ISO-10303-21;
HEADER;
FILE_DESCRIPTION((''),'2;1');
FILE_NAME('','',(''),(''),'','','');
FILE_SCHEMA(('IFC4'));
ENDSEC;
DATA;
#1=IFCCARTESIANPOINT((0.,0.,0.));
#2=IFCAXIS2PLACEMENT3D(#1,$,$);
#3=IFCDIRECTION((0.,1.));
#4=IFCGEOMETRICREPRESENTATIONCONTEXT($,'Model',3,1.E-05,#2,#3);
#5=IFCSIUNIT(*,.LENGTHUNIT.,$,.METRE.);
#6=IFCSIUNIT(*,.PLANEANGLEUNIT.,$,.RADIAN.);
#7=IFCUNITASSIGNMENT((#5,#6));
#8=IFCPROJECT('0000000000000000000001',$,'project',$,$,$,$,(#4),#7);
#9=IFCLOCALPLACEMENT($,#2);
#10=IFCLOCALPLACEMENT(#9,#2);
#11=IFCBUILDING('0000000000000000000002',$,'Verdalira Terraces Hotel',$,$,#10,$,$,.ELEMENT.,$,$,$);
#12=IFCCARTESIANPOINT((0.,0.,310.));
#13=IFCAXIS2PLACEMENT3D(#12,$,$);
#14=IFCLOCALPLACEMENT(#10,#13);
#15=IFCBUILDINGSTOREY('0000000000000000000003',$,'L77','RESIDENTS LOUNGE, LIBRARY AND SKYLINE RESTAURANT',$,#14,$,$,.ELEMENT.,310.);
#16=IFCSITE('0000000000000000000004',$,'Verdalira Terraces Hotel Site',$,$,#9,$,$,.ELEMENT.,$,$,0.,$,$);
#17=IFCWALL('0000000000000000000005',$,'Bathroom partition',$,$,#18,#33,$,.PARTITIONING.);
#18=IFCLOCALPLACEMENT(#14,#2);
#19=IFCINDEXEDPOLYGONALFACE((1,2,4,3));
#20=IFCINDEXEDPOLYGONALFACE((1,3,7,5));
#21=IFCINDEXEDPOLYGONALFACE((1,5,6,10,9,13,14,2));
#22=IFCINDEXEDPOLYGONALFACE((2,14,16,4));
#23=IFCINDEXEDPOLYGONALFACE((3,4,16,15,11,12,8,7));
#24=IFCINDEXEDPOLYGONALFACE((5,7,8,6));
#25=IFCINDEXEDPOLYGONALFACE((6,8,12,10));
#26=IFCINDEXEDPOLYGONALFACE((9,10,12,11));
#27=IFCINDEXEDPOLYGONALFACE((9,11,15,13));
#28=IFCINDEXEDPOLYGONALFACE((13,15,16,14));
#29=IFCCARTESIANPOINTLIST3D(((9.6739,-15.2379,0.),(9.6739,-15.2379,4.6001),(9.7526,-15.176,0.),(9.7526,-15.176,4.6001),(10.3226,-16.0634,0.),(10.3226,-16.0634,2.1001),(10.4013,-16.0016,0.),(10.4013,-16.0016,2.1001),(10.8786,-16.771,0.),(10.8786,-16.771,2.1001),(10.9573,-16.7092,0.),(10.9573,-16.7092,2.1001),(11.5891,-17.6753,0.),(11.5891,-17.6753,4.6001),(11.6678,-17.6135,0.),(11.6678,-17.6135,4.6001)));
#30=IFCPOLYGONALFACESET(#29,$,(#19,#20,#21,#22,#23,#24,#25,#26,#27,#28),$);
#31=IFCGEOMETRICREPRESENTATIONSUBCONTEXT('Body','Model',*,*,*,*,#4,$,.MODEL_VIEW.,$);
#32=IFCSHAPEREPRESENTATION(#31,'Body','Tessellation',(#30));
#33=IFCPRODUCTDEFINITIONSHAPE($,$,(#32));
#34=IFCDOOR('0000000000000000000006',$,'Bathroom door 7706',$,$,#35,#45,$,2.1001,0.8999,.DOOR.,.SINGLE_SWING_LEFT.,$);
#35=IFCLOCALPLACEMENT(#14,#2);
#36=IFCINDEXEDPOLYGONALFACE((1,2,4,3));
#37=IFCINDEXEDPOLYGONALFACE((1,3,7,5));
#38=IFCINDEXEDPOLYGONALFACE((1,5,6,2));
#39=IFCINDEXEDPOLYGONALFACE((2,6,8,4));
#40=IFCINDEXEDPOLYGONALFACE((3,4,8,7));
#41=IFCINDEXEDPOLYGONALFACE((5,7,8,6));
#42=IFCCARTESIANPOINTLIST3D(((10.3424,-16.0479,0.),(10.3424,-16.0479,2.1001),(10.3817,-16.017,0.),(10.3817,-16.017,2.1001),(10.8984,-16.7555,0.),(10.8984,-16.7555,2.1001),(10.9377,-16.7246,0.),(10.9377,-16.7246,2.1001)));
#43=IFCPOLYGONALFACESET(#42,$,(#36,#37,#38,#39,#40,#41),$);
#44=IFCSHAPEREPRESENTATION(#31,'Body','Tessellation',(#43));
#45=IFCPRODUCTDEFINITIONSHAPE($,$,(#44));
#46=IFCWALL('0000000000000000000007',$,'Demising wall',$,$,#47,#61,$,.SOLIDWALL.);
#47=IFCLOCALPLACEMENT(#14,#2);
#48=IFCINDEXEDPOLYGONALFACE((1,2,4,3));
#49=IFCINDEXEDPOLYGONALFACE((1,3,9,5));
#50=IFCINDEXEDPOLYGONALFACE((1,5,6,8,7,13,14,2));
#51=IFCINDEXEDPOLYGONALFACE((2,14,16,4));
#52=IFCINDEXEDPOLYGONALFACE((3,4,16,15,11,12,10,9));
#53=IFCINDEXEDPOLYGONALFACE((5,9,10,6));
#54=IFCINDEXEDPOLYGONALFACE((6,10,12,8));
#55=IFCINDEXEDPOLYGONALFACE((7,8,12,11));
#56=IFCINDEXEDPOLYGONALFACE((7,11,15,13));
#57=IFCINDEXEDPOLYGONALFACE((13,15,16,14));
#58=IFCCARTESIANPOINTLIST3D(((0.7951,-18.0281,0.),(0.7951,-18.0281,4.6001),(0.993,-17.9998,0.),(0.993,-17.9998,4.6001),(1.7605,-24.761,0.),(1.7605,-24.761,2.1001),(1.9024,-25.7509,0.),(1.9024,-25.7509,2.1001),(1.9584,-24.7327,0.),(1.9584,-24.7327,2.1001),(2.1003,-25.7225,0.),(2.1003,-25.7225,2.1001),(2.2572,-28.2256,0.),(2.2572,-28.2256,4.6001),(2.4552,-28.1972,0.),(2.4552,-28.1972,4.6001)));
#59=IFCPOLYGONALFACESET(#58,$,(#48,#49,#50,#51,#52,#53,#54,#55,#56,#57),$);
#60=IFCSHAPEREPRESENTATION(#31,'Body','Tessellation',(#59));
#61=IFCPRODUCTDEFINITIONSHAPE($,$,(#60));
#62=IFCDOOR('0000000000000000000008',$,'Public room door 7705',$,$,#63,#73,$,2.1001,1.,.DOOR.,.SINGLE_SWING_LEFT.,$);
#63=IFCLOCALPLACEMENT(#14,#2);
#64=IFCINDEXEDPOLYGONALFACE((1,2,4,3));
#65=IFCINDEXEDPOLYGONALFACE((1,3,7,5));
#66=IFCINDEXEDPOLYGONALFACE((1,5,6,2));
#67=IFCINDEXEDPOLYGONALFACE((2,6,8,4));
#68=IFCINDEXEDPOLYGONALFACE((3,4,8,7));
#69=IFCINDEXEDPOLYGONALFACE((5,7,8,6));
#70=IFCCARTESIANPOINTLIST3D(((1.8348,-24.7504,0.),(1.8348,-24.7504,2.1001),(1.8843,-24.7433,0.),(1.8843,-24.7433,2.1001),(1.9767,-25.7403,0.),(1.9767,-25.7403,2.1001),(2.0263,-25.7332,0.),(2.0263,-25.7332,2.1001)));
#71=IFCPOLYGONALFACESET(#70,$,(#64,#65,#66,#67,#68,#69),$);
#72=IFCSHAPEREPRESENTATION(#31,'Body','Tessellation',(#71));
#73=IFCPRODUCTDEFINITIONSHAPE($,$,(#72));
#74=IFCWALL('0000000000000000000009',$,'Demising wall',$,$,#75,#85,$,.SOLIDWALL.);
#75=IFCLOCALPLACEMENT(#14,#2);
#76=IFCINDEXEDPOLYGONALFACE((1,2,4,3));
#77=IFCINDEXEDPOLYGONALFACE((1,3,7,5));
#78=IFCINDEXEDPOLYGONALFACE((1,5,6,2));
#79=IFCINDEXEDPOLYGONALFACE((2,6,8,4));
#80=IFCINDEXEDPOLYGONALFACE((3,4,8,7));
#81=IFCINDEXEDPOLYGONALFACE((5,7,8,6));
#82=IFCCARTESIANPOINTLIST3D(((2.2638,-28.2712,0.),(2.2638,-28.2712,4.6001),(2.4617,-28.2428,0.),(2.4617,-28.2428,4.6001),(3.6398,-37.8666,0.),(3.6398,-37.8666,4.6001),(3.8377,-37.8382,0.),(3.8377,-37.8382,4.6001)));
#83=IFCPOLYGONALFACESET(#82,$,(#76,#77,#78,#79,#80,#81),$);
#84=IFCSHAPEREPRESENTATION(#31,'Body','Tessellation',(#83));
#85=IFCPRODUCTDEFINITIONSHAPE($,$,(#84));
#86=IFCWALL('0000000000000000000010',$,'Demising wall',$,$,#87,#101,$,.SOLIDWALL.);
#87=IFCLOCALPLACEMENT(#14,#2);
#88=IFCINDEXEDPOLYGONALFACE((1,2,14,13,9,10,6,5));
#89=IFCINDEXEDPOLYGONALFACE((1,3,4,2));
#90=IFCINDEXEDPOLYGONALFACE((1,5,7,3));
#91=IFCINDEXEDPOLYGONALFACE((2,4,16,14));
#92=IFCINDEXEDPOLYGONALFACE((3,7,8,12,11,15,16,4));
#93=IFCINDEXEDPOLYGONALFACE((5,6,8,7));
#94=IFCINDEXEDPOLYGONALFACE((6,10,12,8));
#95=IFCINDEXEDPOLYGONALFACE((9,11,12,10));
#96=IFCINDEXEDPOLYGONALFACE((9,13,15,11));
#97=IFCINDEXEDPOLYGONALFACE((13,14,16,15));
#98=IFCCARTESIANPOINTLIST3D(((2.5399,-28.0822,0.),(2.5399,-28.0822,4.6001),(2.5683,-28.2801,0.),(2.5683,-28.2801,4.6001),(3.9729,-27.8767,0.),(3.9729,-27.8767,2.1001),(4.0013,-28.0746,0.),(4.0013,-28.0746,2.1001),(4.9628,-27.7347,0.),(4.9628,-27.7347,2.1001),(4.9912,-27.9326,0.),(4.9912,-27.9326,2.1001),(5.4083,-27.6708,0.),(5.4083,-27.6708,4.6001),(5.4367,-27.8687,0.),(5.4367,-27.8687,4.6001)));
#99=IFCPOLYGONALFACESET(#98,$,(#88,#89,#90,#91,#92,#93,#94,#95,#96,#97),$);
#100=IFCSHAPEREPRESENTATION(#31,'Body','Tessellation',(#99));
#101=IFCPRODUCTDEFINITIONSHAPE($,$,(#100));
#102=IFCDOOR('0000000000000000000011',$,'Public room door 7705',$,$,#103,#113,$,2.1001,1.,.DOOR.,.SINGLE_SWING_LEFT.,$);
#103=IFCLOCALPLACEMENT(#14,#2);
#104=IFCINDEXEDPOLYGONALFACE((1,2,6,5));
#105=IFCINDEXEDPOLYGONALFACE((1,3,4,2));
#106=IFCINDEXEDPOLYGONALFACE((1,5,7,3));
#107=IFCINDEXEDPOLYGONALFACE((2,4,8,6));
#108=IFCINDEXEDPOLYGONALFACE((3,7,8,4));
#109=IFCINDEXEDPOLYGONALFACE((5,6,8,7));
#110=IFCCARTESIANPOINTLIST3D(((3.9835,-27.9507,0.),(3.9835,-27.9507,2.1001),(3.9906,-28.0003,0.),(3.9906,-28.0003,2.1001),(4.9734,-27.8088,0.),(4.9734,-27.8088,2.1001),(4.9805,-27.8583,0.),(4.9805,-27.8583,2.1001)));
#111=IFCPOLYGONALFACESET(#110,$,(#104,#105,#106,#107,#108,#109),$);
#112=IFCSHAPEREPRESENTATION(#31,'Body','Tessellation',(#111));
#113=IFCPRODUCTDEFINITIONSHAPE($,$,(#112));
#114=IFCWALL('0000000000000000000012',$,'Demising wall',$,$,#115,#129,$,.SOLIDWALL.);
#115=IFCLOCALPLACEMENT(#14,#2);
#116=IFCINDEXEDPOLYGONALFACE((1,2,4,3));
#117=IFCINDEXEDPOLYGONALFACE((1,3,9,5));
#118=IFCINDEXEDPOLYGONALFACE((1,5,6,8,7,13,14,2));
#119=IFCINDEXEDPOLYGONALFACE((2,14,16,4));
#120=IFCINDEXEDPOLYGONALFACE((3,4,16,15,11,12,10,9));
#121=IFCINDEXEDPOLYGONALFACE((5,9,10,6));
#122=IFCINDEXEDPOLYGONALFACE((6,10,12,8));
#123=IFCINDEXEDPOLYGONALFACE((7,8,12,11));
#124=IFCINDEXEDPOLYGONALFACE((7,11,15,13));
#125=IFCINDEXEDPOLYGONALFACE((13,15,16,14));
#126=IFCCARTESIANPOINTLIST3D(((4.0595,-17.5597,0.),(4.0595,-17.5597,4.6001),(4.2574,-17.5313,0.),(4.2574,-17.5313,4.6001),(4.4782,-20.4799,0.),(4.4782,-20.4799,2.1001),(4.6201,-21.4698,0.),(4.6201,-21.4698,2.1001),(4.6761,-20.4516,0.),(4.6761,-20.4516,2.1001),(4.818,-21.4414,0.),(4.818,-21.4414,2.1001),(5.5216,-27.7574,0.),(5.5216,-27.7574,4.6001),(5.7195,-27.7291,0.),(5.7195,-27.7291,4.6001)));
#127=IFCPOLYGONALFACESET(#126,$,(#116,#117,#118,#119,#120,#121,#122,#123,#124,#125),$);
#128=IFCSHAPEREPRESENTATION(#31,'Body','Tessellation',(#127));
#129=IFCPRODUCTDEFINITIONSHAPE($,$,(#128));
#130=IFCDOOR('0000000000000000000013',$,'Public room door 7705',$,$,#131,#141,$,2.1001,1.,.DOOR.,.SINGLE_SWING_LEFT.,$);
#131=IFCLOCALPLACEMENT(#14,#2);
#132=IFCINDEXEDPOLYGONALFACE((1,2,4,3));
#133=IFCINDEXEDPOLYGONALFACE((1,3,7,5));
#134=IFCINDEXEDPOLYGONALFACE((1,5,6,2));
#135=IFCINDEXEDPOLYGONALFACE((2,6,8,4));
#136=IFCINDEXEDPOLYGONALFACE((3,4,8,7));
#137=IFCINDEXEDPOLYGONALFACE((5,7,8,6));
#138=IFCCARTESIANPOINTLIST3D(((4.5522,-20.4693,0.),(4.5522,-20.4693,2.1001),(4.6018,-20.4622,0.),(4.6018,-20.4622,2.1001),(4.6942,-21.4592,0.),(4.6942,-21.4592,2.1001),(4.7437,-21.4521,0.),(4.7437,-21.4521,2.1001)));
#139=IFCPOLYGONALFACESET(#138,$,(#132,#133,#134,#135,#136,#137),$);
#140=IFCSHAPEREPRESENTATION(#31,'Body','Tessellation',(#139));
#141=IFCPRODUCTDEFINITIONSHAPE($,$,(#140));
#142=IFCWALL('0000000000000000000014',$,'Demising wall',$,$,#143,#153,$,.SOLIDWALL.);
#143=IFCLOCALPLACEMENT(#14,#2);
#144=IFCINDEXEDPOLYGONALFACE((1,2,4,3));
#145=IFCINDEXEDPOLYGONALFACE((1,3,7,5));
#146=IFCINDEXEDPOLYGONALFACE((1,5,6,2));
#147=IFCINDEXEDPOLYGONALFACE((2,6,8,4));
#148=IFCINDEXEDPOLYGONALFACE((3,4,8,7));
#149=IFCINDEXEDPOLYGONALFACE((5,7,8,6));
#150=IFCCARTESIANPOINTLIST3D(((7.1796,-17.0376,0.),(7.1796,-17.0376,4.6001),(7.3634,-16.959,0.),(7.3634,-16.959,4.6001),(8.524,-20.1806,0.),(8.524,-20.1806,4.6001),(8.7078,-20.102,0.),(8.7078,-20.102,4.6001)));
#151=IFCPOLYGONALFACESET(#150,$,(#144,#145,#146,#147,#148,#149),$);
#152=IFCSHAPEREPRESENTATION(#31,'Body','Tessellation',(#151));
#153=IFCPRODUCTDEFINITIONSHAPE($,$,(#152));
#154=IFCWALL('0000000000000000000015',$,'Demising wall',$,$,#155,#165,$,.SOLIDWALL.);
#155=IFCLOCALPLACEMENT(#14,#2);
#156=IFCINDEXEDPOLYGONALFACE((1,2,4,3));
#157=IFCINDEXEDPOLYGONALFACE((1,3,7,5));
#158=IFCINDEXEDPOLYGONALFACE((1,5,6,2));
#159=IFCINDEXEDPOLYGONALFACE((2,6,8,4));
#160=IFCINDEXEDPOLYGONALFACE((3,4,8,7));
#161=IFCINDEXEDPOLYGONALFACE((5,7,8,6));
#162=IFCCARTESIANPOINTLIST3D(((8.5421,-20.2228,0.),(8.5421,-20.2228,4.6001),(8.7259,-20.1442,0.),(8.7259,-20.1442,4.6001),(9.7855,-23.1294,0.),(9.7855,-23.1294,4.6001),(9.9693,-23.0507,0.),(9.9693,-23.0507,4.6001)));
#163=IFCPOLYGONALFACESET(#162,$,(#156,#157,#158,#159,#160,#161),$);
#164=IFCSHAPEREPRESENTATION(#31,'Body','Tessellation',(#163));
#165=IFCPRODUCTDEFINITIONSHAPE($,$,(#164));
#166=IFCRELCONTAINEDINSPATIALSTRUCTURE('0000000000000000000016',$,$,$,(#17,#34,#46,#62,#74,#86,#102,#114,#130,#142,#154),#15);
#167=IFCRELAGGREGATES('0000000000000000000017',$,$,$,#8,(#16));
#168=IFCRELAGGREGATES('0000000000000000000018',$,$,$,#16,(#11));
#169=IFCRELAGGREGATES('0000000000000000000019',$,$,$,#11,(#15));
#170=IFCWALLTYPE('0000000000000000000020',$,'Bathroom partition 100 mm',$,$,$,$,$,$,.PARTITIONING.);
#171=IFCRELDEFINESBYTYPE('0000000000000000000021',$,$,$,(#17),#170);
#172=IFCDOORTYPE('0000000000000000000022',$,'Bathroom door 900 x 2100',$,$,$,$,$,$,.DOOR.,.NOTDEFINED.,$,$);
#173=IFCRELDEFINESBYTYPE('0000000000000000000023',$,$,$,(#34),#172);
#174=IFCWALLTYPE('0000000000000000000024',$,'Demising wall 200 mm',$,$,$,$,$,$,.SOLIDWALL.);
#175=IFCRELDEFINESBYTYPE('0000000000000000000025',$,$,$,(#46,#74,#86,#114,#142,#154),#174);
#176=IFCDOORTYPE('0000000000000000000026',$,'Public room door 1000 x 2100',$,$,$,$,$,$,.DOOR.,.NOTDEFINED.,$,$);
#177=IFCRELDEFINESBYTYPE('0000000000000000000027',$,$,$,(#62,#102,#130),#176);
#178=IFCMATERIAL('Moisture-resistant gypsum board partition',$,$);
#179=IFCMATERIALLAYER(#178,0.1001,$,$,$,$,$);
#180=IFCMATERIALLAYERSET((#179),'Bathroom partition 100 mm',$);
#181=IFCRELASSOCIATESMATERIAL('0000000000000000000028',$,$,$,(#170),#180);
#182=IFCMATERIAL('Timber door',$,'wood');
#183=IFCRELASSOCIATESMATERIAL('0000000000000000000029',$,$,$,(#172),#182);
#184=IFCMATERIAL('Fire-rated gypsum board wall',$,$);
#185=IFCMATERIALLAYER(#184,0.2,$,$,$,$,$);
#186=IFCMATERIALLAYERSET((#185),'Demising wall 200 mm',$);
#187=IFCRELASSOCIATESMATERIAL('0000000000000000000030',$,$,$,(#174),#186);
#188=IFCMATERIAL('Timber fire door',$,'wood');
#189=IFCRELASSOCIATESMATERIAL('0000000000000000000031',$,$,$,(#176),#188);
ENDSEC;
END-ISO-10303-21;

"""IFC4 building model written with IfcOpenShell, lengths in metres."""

from ifc_helpers import new_model, si_unit, direction, frame, frame_2d, origin, place, context, subcontext, project, spatial, rectangle, extrude, material, layer, layer_set, type_object, element, fill, save


model = new_model("IFC4")

# Units and contexts
model_context = context("Model", 3, precision=1e-05, world=origin(), true_north=direction((0.0, 1.0)))
body_context = subcontext(model_context, "Body", "Model", "MODEL_VIEW")
ifc_project = project(units=[si_unit("LENGTHUNIT", "METRE"), si_unit("PLANEANGLEUNIT", "RADIAN")], contexts=[model_context])

# Site, building, storey
site_placement = place(None, origin())
site = spatial("IfcSite", under=ifc_project, at=site_placement, Name="Verdalira Terraces Hotel Site", CompositionType="ELEMENT", RefElevation=0.0)
building_placement = place(site_placement, origin())
building = spatial("IfcBuilding", under=site, at=building_placement, Name="Verdalira Terraces Hotel", CompositionType="ELEMENT")
storey_placement = place(building_placement, frame((0.0, 0.0, 310.0)))
storey = spatial("IfcBuildingStorey", under=building, at=storey_placement, Name="L77", Description="RESIDENTS LOUNGE, LIBRARY AND SKYLINE RESTAURANT", CompositionType="ELEMENT", Elevation=310.0)

# Shared definitions
ifc_material_1 = material(Name="Moisture-resistant gypsum board partition")
ifc_layer_1 = layer(ifc_material_1, 0.1001)
ifc_layer_set_1 = layer_set([ifc_layer_1], Name="Bathroom partition 100 mm")
wall_type_1 = type_object("IfcWallType", Name="Bathroom partition 100 mm", PredefinedType="PARTITIONING", material=ifc_layer_set_1)

# Walls, openings, doors
wall_1_placement = place(storey_placement, frame((11.6284, -17.6443, 0.0), z_axis=(0.0, 0.0, 1.0), x_axis=(-0.617842, 0.786302, 0.0)))
wall_1 = element("IfcWall", 1, at=wall_1_placement, inside=storey, type_object=wall_type_1, Name="Bathroom partition", PredefinedType="PARTITIONING", context=body_context, shape_type="SweptSolid", body=[
    extrude(rectangle(XDim=3.0999, YDim=0.1001, at=frame_2d((1.5498, 0.0))), origin(), (0.0, 0.0, 1.0), 4.6001),
])
opening_1_placement = place(wall_1_placement, frame((1.1499, 0.0, 0.0)))
opening_1 = element("IfcOpeningElement", 2, at=opening_1_placement, cuts=wall_1, PredefinedType="OPENING", context=body_context, shape_type="SweptSolid", body=[
    extrude(rectangle(XDim=0.8999, YDim=2.1001, at=frame_2d((0.45, 1.05))), frame((0.0, 0.0601, 0.0), z_axis=(0.0, -1.0, 0.0), x_axis=(1.0, 0.0, 0.0)), (0.0, 0.0, 1.0), 0.1201),
])
ifc_material_2 = material(Name="Timber door", Category="wood")
door_type_1 = type_object("IfcDoorType", Name="Bathroom door 900 x 2100", OperationType="NOTDEFINED", PredefinedType="DOOR", material=ifc_material_2)
door_1_placement = place(opening_1_placement, origin())
door_1 = element("IfcDoor", 3, at=door_1_placement, inside=storey, type_object=door_type_1, Name="Bathroom door 7706", OperationType="SINGLE_SWING_LEFT", OverallHeight=2.1001, OverallWidth=0.8999, PredefinedType="DOOR", context=body_context, shape_type="SweptSolid", body=[
    extrude(rectangle(XDim=0.8999, YDim=2.1001, at=frame_2d((0.45, 1.05))), frame((0.0, 0.0249, 0.0), z_axis=(0.0, -1.0, 0.0), x_axis=(1.0, 0.0, 0.0)), (0.0, 0.0, 1.0), 0.05),
])
fill(opening_1, door_1)
ifc_material_3 = material(Name="Fire-rated gypsum board wall")
ifc_layer_2 = layer(ifc_material_3, 0.2)
ifc_layer_set_2 = layer_set([ifc_layer_2], Name="Demising wall 200 mm")
wall_type_2 = type_object("IfcWallType", Name="Demising wall 200 mm", PredefinedType="SOLIDWALL", material=ifc_layer_set_2)
wall_2_placement = place(storey_placement, frame((2.3562, -28.2114, 0.0), z_axis=(0.0, 0.0, 1.0), x_axis=(-0.141932, 0.989876, 0.0)))
wall_2 = element("IfcWall", 4, at=wall_2_placement, inside=storey, type_object=wall_type_2, Name="Demising wall", PredefinedType="SOLIDWALL", context=body_context, shape_type="SweptSolid", body=[
    extrude(rectangle(XDim=10.3018, YDim=0.2, at=frame_2d((5.1509, 0.0))), origin(), (0.0, 0.0, 1.0), 4.6001),
])
opening_2_placement = place(wall_2_placement, frame((2.5, 0.0, 0.0)))
opening_2 = element("IfcOpeningElement", 5, at=opening_2_placement, cuts=wall_2, PredefinedType="OPENING", context=body_context, shape_type="SweptSolid", body=[
    extrude(rectangle(XDim=1.0, YDim=2.1001, at=frame_2d((0.5, 1.05))), frame((0.0, 0.1099, 0.0), z_axis=(0.0, -1.0, 0.0), x_axis=(1.0, 0.0, 0.0)), (0.0, 0.0, 1.0), 0.22),
])
ifc_material_4 = material(Name="Timber fire door", Category="wood")
door_type_2 = type_object("IfcDoorType", Name="Public room door 1000 x 2100", OperationType="NOTDEFINED", PredefinedType="DOOR", material=ifc_material_4)
door_2_placement = place(opening_2_placement, origin())
door_2 = element("IfcDoor", 6, at=door_2_placement, inside=storey, type_object=door_type_2, Name="Public room door 7705", OperationType="SINGLE_SWING_LEFT", OverallHeight=2.1001, OverallWidth=1.0, PredefinedType="DOOR", context=body_context, shape_type="SweptSolid", body=[
    extrude(rectangle(XDim=1.0, YDim=2.1001, at=frame_2d((0.5, 1.05))), frame((0.0, 0.0249, 0.0), z_axis=(0.0, -1.0, 0.0), x_axis=(1.0, 0.0, 0.0)), (0.0, 0.0, 1.0), 0.05),
])
fill(opening_2, door_2)

# Wall
wall_3_placement = place(storey_placement, frame((2.3628, -28.2571, 0.0), z_axis=(0.0, 0.0, 1.0), x_axis=(0.141947, -0.989874, 0.0)))
element("IfcWall", 7, at=wall_3_placement, inside=storey, type_object=wall_type_2, Name="Demising wall", PredefinedType="SOLIDWALL", context=body_context, shape_type="SweptSolid", body=[
    extrude(rectangle(XDim=9.6936, YDim=0.2, at=frame_2d((4.8467, 0.0))), origin(), (0.0, 0.0, 1.0), 4.6001),
])

# Walls, openings, doors
wall_4_placement = place(storey_placement, frame((5.4224, -27.7698, 0.0), z_axis=(0.0, 0.0, 1.0), x_axis=(-0.989872, -0.141964, 0.0)))
wall_4 = element("IfcWall", 8, at=wall_4_placement, inside=storey, type_object=wall_type_2, Name="Demising wall", PredefinedType="SOLIDWALL", context=body_context, shape_type="SweptSolid", body=[
    extrude(rectangle(XDim=2.8977, YDim=0.2, at=frame_2d((1.4487, 0.0))), origin(), (0.0, 0.0, 1.0), 4.6001),
])
opening_3_placement = place(wall_4_placement, frame((0.45, 0.0, 0.0)))
opening_3 = element("IfcOpeningElement", 9, at=opening_3_placement, cuts=wall_4, PredefinedType="OPENING", context=body_context, shape_type="SweptSolid", body=[
    extrude(rectangle(XDim=1.0, YDim=2.1001, at=frame_2d((0.5, 1.05))), frame((0.0, 0.1099, 0.0), z_axis=(0.0, -1.0, 0.0), x_axis=(1.0, 0.0, 0.0)), (0.0, 0.0, 1.0), 0.22),
])
door_3_placement = place(opening_3_placement, origin())
door_3 = element("IfcDoor", 10, at=door_3_placement, inside=storey, type_object=door_type_2, Name="Public room door 7705", OperationType="SINGLE_SWING_LEFT", OverallHeight=2.1001, OverallWidth=1.0, PredefinedType="DOOR", context=body_context, shape_type="SweptSolid", body=[
    extrude(rectangle(XDim=1.0, YDim=2.1001, at=frame_2d((0.5, 1.05))), frame((0.0, 0.0249, 0.0), z_axis=(0.0, -1.0, 0.0), x_axis=(1.0, 0.0, 0.0)), (0.0, 0.0, 1.0), 0.05),
])
fill(opening_3, door_3)
wall_5_placement = place(storey_placement, frame((4.1584, -17.5457, 0.0), z_axis=(0.0, 0.0, 1.0), x_axis=(0.141929, -0.989877, 0.0)))
wall_5 = element("IfcWall", 11, at=wall_5_placement, inside=storey, type_object=wall_type_2, Name="Demising wall", PredefinedType="SOLIDWALL", context=body_context, shape_type="SweptSolid", body=[
    extrude(rectangle(XDim=10.302, YDim=0.2, at=frame_2d((5.1509, 0.0))), origin(), (0.0, 0.0, 1.0), 4.6001),
])
opening_4_placement = place(wall_5_placement, frame((2.95, 0.0, 0.0)))
opening_4 = element("IfcOpeningElement", 12, at=opening_4_placement, cuts=wall_5, PredefinedType="OPENING", context=body_context, shape_type="SweptSolid", body=[
    extrude(rectangle(XDim=1.0, YDim=2.1001, at=frame_2d((0.5, 1.05))), frame((0.0, 0.1099, 0.0), z_axis=(0.0, -1.0, 0.0), x_axis=(1.0, 0.0, 0.0)), (0.0, 0.0, 1.0), 0.22),
])
door_4_placement = place(opening_4_placement, origin())
door_4 = element("IfcDoor", 13, at=door_4_placement, inside=storey, type_object=door_type_2, Name="Public room door 7705", OperationType="SINGLE_SWING_LEFT", OverallHeight=2.1001, OverallWidth=1.0, PredefinedType="DOOR", context=body_context, shape_type="SweptSolid", body=[
    extrude(rectangle(XDim=1.0, YDim=2.1001, at=frame_2d((0.5, 1.05))), frame((0.0, 0.0249, 0.0), z_axis=(0.0, -1.0, 0.0), x_axis=(1.0, 0.0, 0.0)), (0.0, 0.0, 1.0), 0.05),
])
fill(opening_4, door_4)

# Walls
wall_6_placement = place(storey_placement, frame((7.2715, -16.9983, 0.0), z_axis=(0.0, 0.0, 1.0), x_axis=(0.39329, -0.919414, 0.0)))
element("IfcWall", 14, at=wall_6_placement, inside=storey, type_object=wall_type_2, Name="Demising wall", PredefinedType="SOLIDWALL", context=body_context, shape_type="SweptSolid", body=[
    extrude(rectangle(XDim=3.4185, YDim=0.2, at=frame_2d((1.7092, 0.0))), origin(), (0.0, 0.0, 1.0), 4.6001),
])
wall_7_placement = place(storey_placement, frame((8.634, -20.1836, 0.0), z_axis=(0.0, 0.0, 1.0), x_axis=(0.393323, -0.9194, 0.0)))
element("IfcWall", 15, at=wall_7_placement, inside=storey, type_object=wall_type_2, Name="Demising wall", PredefinedType="SOLIDWALL", context=body_context, shape_type="SweptSolid", body=[
    extrude(rectangle(XDim=3.1614, YDim=0.2, at=frame_2d((1.5806, 0.0))), origin(), (0.0, 0.0, 1.0), 4.6001),
])

save(model, "model.ifc")
